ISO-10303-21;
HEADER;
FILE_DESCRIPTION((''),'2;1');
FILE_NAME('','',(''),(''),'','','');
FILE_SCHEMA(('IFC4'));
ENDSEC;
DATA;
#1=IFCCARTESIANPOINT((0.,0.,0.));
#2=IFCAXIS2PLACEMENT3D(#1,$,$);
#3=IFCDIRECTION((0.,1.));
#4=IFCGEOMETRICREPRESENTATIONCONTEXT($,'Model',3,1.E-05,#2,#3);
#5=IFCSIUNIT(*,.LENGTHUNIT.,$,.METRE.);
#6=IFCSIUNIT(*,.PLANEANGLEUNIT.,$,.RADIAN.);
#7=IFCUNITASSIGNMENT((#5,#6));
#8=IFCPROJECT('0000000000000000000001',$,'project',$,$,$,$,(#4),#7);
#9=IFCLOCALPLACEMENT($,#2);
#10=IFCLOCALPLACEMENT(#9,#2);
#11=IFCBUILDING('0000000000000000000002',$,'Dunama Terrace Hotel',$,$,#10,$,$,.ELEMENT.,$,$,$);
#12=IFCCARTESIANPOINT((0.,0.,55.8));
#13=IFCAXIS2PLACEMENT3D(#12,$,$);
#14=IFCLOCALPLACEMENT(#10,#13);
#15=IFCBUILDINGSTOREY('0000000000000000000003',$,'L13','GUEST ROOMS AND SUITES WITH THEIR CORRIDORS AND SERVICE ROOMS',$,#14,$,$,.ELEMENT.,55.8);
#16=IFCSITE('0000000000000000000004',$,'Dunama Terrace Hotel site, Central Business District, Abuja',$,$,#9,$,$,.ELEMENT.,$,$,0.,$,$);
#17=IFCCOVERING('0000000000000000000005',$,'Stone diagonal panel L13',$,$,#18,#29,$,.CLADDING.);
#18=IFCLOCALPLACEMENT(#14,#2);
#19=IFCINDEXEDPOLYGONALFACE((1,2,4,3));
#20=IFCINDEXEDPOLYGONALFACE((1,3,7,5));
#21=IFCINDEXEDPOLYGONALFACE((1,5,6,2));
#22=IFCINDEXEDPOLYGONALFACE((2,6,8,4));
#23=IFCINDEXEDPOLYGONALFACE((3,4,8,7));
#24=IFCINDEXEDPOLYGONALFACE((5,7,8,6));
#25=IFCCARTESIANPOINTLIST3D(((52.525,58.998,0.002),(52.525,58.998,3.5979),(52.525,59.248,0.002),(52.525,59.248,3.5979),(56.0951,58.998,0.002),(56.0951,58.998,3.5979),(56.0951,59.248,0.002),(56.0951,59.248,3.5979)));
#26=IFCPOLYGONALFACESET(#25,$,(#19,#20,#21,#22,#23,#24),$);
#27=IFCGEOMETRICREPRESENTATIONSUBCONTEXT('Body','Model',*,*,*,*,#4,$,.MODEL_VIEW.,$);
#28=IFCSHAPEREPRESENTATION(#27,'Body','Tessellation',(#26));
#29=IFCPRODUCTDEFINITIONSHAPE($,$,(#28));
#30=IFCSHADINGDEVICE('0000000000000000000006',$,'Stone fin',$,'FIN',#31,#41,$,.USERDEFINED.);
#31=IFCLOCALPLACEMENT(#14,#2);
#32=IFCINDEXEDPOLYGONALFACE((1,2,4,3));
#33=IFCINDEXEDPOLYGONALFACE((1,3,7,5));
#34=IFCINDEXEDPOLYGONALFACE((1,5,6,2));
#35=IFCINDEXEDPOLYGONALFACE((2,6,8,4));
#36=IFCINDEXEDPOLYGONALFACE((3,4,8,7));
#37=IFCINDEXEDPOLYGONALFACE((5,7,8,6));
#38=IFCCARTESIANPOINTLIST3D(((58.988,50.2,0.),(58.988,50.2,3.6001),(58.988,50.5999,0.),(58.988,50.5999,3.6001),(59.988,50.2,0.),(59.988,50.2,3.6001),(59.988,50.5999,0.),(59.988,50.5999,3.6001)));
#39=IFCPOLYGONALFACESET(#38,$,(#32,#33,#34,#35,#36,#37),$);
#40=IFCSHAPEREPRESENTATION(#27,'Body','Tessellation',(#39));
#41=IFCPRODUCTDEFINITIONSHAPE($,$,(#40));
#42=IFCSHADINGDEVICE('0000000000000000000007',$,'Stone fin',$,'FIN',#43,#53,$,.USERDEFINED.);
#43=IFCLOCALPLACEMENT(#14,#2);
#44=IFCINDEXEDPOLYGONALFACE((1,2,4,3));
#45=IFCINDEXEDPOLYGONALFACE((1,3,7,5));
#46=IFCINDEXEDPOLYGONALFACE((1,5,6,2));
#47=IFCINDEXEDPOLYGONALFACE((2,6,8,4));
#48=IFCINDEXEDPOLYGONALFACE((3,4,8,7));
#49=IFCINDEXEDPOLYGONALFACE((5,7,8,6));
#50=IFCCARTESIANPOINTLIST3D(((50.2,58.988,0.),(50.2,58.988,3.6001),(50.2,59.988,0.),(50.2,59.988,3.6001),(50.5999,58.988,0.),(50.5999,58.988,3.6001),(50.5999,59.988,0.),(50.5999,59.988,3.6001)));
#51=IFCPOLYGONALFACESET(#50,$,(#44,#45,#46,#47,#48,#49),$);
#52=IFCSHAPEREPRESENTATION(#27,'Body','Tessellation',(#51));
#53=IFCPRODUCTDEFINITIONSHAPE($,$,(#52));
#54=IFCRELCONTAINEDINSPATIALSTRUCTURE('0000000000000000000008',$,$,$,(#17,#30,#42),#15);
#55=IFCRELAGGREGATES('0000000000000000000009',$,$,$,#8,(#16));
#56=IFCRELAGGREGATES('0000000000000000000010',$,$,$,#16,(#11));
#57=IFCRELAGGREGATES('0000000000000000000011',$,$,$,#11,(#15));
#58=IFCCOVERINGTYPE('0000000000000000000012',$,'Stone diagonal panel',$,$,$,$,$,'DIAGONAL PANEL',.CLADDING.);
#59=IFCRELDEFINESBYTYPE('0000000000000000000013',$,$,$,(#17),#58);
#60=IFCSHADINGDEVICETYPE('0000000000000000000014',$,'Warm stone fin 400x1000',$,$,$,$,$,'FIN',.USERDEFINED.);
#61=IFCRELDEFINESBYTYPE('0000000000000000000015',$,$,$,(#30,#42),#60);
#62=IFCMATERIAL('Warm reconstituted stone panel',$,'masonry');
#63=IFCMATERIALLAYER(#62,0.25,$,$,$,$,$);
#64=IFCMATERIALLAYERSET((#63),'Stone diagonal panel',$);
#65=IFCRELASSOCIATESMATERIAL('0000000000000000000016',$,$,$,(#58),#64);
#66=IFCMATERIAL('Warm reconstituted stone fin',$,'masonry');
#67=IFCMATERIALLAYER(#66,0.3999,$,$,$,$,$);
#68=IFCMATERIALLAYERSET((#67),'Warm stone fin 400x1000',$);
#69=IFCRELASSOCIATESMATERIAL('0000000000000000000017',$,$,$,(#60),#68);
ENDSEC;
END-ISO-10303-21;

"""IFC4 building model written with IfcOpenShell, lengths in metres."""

from ifc_helpers import new_model, si_unit, direction, frame, origin, origin_2d, place, context, subcontext, project, spatial, rectangle, extrude, material, layer, layer_set, type_object, element, save


model = new_model("IFC4")

# Units and contexts
model_context = context("Model", 3, precision=1e-05, world=origin(), true_north=direction((0.0, 1.0)))
body_context = subcontext(model_context, "Body", "Model", "MODEL_VIEW")
ifc_project = project(units=[si_unit("LENGTHUNIT", "METRE"), si_unit("PLANEANGLEUNIT", "RADIAN")], contexts=[model_context])

# Site, building, storey
site_placement = place(None, origin())
site = spatial("IfcSite", under=ifc_project, at=site_placement, Name="Dunama Terrace Hotel site, Central Business District, Abuja", CompositionType="ELEMENT", RefElevation=0.0)
building_placement = place(site_placement, origin())
building = spatial("IfcBuilding", under=site, at=building_placement, Name="Dunama Terrace Hotel", CompositionType="ELEMENT")
storey_placement = place(building_placement, frame((0.0, 0.0, 55.8)))
storey = spatial("IfcBuildingStorey", under=building, at=storey_placement, Name="L13", Description="GUEST ROOMS AND SUITES WITH THEIR CORRIDORS AND SERVICE ROOMS", CompositionType="ELEMENT", Elevation=55.8)

# Covering
ifc_material_1 = material(Name="Warm reconstituted stone panel", Category="masonry")
ifc_layer_1 = layer(ifc_material_1, 0.25)
ifc_layer_set_1 = layer_set([ifc_layer_1], Name="Stone diagonal panel")
covering_type = type_object("IfcCoveringType", Name="Stone diagonal panel", ElementType="DIAGONAL PANEL", PredefinedType="CLADDING", material=ifc_layer_set_1)
covering_1_placement = place(storey_placement, frame((54.3101, 59.123, 0.002), z_axis=(0.0, 0.0, 1.0), x_axis=(-1.0, 0.0, 0.0)))
element("IfcCovering", 1, at=covering_1_placement, inside=storey, type_object=covering_type, Name="Stone diagonal panel L13", PredefinedType="CLADDING", context=body_context, shape_type="SweptSolid", body=[
    extrude(rectangle(XDim=3.5701, YDim=0.25, at=origin_2d()), origin(), (0.0, 0.0, 1.0), 3.5959),
])

# Shading devices
ifc_material_2 = material(Name="Warm reconstituted stone fin", Category="masonry")
ifc_layer_2 = layer(ifc_material_2, 0.3999)
ifc_layer_set_2 = layer_set([ifc_layer_2], Name="Warm stone fin 400x1000")
shading_device_type = type_object("IfcShadingDeviceType", Name="Warm stone fin 400x1000", ElementType="FIN", PredefinedType="USERDEFINED", material=ifc_layer_set_2)
for number, where, z_axis, x_axis, name in (
    (2, (59.488, 50.3999, 0.0), (0.0, 0.0, 1.0), (0.0, 1.0, 0.0), "Stone fin"),
    (3, (50.3999, 59.488, 0.0), (0.0, 0.0, 1.0), (-1.0, 0.0, 0.0), "Stone fin"),
):
    element("IfcShadingDevice", number, at=place(storey_placement, frame(where, z_axis=z_axis, x_axis=x_axis)), inside=storey, type_object=shading_device_type, Name=name, ObjectType="FIN", PredefinedType="USERDEFINED", context=body_context, shape_type="SweptSolid", body=[
        extrude(rectangle(XDim=0.3999, YDim=1.0, at=origin_2d()), origin(), (0.0, 0.0, 1.0), 3.6001),
    ])

save(model, "model.ifc")
